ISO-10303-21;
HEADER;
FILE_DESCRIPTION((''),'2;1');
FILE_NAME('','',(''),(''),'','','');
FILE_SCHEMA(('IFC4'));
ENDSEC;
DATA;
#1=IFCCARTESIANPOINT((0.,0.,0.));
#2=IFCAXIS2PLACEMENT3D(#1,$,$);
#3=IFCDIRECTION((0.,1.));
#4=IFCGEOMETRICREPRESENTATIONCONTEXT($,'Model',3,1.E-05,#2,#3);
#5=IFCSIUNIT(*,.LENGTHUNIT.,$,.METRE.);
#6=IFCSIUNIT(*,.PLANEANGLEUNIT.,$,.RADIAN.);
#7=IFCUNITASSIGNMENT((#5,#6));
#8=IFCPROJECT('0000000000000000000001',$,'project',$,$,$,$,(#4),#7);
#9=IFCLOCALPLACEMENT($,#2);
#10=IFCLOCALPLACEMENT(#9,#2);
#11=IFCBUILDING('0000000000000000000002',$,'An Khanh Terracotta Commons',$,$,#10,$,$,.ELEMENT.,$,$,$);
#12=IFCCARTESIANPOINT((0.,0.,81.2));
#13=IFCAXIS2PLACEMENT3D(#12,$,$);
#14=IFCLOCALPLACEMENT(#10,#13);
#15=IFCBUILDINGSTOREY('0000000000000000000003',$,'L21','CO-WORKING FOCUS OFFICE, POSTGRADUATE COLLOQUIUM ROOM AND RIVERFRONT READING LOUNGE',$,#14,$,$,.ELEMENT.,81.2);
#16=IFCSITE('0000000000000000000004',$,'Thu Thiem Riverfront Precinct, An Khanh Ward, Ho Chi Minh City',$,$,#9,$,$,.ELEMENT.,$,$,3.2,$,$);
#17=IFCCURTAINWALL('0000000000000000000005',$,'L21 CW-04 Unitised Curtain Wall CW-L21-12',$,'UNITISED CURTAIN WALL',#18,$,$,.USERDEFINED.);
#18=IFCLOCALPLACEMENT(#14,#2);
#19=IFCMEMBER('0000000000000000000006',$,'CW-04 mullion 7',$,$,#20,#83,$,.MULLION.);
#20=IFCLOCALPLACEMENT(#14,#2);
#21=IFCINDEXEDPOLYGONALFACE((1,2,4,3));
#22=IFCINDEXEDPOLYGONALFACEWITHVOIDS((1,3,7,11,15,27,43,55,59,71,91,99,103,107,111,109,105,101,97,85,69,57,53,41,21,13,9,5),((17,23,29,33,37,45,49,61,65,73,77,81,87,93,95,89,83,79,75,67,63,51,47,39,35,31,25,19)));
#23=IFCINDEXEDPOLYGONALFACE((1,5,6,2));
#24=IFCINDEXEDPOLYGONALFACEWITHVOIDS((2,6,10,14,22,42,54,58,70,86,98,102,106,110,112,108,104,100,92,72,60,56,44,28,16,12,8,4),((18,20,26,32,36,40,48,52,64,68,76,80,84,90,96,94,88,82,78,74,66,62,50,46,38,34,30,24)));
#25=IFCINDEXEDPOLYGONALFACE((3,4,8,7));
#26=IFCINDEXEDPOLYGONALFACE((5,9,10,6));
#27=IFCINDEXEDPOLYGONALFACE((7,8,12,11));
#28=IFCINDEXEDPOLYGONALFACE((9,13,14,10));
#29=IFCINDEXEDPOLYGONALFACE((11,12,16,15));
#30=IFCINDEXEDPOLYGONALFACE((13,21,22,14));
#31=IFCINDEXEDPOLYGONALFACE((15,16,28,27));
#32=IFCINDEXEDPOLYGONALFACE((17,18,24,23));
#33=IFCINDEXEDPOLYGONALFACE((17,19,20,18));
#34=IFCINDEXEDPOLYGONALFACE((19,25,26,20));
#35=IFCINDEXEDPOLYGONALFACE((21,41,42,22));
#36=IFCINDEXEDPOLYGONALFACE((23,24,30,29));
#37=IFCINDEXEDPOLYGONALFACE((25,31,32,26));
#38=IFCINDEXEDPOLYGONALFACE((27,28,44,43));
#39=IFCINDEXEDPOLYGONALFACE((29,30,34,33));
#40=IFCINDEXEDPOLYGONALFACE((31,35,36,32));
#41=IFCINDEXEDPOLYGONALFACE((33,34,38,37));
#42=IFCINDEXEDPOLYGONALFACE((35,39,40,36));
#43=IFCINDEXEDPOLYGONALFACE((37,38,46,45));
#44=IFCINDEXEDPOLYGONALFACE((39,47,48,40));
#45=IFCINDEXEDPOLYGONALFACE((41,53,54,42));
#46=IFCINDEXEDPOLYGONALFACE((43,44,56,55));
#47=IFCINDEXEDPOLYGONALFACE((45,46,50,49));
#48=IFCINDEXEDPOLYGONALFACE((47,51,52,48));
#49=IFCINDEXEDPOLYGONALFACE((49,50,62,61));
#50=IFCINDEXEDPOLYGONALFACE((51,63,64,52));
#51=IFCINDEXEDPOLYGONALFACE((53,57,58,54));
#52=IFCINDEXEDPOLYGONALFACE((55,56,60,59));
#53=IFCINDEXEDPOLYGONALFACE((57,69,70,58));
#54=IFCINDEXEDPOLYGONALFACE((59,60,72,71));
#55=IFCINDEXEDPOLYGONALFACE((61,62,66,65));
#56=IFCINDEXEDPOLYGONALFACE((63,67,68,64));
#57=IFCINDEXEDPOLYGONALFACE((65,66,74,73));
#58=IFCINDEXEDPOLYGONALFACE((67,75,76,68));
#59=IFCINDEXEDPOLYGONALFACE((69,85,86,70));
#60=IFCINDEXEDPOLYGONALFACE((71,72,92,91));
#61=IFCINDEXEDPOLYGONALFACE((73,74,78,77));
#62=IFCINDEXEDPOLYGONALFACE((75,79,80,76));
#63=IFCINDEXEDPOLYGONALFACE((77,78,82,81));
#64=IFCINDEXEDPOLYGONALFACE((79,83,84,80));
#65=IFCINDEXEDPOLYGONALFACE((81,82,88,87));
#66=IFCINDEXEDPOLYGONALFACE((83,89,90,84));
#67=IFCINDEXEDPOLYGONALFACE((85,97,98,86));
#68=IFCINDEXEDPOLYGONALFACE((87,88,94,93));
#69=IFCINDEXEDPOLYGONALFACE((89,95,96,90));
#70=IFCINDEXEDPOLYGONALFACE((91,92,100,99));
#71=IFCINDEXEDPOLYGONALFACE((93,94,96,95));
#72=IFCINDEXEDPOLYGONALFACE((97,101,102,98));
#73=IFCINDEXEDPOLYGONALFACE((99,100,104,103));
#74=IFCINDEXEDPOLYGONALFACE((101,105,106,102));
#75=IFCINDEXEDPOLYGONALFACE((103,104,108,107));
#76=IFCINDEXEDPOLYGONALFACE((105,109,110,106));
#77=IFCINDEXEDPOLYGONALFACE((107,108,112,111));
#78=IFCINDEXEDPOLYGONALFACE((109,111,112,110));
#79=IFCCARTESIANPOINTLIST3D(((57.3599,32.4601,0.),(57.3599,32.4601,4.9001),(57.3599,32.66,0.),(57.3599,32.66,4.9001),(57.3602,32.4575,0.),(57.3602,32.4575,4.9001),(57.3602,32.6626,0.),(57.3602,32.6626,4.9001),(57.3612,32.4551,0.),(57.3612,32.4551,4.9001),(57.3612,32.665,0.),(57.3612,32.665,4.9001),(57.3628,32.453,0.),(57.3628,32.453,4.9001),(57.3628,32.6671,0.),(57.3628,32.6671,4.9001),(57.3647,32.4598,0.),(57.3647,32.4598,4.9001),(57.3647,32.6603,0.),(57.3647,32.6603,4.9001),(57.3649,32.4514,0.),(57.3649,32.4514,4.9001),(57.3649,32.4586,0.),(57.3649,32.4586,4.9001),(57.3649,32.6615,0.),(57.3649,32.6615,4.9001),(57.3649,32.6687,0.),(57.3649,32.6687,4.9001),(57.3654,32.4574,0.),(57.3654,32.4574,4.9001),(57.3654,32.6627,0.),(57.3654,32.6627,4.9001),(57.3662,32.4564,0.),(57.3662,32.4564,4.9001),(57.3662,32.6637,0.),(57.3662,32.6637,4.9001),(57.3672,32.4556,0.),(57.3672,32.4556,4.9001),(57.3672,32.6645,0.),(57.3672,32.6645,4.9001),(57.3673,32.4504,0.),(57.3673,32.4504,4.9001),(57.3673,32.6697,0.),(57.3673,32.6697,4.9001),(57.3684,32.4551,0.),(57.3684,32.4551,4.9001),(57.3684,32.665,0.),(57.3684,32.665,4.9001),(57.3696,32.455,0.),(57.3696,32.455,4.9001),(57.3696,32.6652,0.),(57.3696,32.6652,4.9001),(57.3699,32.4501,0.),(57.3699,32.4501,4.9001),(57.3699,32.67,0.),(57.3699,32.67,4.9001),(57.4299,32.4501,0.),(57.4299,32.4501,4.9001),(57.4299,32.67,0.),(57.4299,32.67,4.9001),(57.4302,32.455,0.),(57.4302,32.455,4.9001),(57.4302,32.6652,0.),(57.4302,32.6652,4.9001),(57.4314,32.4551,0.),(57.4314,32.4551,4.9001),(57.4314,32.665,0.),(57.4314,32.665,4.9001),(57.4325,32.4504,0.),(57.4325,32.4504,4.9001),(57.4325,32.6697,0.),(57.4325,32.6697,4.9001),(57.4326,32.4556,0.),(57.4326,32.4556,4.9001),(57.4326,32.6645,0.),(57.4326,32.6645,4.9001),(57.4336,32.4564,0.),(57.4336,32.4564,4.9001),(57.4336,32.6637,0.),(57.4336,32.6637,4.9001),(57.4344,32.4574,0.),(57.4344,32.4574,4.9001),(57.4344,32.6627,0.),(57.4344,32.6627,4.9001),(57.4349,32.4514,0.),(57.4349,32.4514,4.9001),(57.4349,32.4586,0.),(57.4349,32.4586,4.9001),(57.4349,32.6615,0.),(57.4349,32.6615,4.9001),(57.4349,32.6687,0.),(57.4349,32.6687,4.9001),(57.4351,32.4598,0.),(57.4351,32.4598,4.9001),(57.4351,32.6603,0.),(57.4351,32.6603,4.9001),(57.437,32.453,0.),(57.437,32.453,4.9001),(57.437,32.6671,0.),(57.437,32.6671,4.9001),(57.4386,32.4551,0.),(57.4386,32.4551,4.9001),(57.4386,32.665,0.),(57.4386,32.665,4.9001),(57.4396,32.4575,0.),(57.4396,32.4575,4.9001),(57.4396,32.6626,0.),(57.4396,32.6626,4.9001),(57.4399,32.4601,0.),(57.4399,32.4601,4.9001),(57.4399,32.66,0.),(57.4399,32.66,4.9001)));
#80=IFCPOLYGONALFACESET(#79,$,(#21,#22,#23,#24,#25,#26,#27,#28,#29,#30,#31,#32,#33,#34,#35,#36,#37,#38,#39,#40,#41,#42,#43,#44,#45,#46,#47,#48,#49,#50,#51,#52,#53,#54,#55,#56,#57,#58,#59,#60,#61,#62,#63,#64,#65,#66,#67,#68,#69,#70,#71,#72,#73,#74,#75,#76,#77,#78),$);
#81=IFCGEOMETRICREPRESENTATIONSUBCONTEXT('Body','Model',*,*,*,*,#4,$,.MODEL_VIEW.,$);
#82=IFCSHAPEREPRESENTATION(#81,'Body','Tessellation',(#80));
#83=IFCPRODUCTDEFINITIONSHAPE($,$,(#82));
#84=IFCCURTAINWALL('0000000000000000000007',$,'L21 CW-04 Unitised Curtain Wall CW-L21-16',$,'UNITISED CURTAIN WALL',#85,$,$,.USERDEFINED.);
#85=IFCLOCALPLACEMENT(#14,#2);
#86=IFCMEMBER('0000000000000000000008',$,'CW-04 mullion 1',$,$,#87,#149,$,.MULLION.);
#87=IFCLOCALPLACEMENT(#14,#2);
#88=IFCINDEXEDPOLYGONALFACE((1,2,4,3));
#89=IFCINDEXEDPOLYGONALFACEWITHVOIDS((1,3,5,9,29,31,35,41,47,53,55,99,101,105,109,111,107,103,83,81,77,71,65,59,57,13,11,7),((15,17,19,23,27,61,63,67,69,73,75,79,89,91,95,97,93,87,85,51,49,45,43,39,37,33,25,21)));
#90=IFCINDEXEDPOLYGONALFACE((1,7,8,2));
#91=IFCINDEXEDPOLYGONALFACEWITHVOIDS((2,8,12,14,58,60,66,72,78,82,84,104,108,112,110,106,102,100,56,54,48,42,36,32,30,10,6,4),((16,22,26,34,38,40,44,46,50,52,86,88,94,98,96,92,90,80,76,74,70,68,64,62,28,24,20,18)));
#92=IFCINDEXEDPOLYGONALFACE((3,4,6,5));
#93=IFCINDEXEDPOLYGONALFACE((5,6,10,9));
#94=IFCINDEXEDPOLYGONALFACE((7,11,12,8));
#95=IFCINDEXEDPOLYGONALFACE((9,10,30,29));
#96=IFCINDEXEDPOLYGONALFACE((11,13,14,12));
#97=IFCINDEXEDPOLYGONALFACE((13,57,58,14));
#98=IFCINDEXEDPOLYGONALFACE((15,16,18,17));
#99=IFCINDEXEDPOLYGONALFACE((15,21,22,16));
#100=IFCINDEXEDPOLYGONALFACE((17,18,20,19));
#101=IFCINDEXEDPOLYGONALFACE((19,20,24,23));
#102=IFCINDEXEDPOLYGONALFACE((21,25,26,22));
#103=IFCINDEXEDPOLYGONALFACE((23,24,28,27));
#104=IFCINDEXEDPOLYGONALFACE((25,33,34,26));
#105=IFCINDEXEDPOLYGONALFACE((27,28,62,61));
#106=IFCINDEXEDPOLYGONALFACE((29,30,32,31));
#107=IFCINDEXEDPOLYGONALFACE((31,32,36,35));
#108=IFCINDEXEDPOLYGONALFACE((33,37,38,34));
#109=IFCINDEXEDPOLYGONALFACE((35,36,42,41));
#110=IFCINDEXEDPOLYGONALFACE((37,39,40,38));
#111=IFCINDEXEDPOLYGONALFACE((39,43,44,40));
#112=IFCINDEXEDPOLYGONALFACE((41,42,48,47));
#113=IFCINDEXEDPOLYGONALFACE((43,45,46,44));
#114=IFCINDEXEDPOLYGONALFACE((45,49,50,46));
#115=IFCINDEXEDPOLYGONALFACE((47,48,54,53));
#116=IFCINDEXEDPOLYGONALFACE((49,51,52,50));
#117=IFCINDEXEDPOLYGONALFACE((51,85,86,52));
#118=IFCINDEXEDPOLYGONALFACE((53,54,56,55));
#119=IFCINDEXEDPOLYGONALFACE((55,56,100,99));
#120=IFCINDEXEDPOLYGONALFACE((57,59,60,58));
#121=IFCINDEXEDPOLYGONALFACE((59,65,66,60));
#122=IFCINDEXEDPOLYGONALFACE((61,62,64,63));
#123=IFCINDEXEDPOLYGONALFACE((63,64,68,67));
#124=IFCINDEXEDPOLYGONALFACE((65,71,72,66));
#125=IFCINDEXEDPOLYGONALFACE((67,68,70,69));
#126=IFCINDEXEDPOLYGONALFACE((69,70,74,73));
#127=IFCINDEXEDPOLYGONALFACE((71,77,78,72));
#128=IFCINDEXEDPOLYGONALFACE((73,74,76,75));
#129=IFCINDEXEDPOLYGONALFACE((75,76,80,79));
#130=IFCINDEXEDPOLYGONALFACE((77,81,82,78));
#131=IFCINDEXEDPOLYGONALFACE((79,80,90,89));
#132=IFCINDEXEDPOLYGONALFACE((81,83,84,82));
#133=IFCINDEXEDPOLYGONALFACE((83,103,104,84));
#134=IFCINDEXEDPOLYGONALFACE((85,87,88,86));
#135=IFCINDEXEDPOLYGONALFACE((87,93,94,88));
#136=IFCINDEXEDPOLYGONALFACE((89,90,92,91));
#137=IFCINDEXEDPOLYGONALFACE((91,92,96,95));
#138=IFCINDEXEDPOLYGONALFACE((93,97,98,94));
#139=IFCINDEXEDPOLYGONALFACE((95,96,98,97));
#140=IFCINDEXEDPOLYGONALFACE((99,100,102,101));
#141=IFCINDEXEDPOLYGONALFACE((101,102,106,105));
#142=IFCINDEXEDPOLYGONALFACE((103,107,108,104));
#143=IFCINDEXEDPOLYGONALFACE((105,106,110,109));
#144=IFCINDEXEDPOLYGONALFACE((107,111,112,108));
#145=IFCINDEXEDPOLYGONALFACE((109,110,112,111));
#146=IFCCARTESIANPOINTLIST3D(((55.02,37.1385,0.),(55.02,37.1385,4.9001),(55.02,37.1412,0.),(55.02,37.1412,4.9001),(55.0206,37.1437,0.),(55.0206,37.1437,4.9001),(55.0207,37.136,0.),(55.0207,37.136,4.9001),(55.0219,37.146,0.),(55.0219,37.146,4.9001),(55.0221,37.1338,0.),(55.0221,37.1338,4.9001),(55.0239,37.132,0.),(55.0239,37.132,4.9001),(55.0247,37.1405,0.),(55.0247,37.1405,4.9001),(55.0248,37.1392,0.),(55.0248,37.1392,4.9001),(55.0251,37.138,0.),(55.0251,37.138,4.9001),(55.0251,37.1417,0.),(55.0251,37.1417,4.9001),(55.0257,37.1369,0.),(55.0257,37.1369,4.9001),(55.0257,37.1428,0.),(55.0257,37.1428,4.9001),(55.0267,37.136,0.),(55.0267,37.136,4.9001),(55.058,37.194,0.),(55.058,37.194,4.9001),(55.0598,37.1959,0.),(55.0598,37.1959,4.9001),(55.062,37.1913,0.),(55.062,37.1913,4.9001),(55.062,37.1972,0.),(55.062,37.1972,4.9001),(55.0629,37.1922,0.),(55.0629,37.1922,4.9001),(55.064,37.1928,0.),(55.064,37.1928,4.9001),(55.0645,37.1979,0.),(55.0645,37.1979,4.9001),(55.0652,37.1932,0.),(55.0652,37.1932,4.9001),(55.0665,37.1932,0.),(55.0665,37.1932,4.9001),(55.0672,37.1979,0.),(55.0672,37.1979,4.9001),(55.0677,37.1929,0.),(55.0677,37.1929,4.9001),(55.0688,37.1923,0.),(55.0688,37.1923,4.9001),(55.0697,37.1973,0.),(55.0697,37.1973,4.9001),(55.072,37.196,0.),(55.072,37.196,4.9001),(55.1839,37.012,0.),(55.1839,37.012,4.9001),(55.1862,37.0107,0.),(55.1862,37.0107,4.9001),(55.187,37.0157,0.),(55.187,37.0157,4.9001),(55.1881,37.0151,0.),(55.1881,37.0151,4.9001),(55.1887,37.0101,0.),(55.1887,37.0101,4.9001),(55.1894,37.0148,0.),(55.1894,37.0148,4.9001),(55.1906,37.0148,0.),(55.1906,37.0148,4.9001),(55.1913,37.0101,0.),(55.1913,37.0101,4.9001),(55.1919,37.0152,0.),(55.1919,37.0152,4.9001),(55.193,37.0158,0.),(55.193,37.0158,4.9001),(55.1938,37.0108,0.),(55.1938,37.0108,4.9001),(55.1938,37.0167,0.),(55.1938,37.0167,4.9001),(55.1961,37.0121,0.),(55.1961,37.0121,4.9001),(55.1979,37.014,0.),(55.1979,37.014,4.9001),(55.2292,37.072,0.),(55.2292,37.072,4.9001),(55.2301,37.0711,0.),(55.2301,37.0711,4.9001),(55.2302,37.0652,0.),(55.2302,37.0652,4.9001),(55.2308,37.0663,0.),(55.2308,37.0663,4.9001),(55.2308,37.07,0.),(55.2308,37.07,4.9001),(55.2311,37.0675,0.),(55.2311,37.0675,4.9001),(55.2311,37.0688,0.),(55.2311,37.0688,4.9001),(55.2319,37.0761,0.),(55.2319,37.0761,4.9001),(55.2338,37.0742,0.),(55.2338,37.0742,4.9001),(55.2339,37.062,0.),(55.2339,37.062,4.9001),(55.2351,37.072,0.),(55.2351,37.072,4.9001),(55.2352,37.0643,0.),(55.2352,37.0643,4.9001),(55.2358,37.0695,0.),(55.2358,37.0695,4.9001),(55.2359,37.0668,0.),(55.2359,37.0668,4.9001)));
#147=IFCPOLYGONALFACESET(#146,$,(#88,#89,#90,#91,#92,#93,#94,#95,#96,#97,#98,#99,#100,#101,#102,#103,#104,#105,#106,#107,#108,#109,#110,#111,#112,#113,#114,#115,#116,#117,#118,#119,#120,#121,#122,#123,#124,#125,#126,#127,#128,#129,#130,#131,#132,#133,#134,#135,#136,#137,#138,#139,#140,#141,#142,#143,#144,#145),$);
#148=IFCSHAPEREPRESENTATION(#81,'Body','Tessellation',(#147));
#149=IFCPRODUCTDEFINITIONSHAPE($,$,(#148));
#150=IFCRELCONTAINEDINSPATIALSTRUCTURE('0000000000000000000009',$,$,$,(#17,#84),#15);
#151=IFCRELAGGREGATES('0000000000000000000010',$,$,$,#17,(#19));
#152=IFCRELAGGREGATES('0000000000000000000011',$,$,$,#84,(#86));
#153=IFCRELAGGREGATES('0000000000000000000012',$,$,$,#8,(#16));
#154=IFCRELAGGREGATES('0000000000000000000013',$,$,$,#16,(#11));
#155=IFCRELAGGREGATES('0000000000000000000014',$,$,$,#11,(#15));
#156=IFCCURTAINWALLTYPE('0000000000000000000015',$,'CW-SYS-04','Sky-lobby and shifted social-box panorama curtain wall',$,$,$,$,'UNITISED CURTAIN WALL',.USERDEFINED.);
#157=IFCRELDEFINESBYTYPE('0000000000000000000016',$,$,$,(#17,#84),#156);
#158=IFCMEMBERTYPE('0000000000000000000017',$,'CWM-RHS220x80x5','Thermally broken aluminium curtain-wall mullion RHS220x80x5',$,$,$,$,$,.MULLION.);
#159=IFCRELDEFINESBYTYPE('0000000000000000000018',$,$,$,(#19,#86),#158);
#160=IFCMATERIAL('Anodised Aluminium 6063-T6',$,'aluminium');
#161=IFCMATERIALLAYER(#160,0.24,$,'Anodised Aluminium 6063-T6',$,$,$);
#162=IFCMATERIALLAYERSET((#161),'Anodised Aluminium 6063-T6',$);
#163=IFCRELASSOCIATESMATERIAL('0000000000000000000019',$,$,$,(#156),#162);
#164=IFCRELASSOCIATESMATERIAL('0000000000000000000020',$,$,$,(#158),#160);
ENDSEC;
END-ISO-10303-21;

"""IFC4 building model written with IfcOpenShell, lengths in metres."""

from ifc_helpers import new_model, si_unit, direction, frame, origin, origin_2d, place, context, subcontext, project, spatial, hollow_rectangle, extrude, material, layer, layer_set, material_profile, profile_set, type_object, element, aggregate, save


model = new_model("IFC4")

# Units and contexts
model_context = context("Model", 3, precision=1e-05, world=origin(), true_north=direction((0.0, 1.0)))
body_context = subcontext(model_context, "Body", "Model", "MODEL_VIEW")
ifc_project = project(units=[si_unit("LENGTHUNIT", "METRE"), si_unit("PLANEANGLEUNIT", "RADIAN")], contexts=[model_context])

# Site, building, storey
site_placement = place(None, origin())
site = spatial("IfcSite", under=ifc_project, at=site_placement, Name="Thu Thiem Riverfront Precinct, An Khanh Ward, Ho Chi Minh City", CompositionType="ELEMENT", RefElevation=3.2)
building_placement = place(site_placement, origin())
building = spatial("IfcBuilding", under=site, at=building_placement, Name="An Khanh Terracotta Commons", CompositionType="ELEMENT")
storey_placement = place(building_placement, frame((0.0, 0.0, 81.2)))
storey = spatial("IfcBuildingStorey", under=building, at=storey_placement, Name="L21", Description="CO-WORKING FOCUS OFFICE, POSTGRADUATE COLLOQUIUM ROOM AND RIVERFRONT READING LOUNGE", CompositionType="ELEMENT", Elevation=81.2)

# Curtain walls, members
ifc_material_1 = material(Name="Anodised Aluminium 6063-T6", Category="aluminium")
ifc_layer_1 = layer(ifc_material_1, 0.24, Name="Anodised Aluminium 6063-T6")
ifc_layer_set_1 = layer_set([ifc_layer_1], Name="Anodised Aluminium 6063-T6")
curtain_wall_type = type_object("IfcCurtainWallType", Name="CW-SYS-04", Description="Sky-lobby and shifted social-box panorama curtain wall", ElementType="UNITISED CURTAIN WALL", PredefinedType="USERDEFINED", material=ifc_layer_set_1)
curtain_wall_1_placement = place(storey_placement, origin())
curtain_wall_1 = element("IfcCurtainWall", 1, at=curtain_wall_1_placement, inside=storey, type_object=curtain_wall_type, Name="L21 CW-04 Unitised Curtain Wall CW-L21-12", ObjectType="UNITISED CURTAIN WALL", PredefinedType="USERDEFINED")
ifc_material_profile_1 = material_profile(ifc_material_1, hollow_rectangle(XDim=0.0801, YDim=0.22, WallThickness=0.0049, InnerFilletRadius=0.0049, OuterFilletRadius=0.01, at=origin_2d()), Name="RHS220x80x5")
ifc_profile_set_1 = profile_set([ifc_material_profile_1], Name="Anodised Aluminium 6063-T6")
member_type_1 = type_object("IfcMemberType", Name="CWM-RHS220x80x5", Description="Thermally broken aluminium curtain-wall mullion RHS220x80x5", PredefinedType="MULLION", material=ifc_profile_set_1)
member_1_placement = place(storey_placement, frame((57.3999, 32.5601, 0.0), z_axis=(0.0, 0.0, 1.0), x_axis=(-1.0, 0.0, 0.0)))
member_1 = element("IfcMember", 2, at=member_1_placement, type_object=member_type_1, Name="CW-04 mullion 7", PredefinedType="MULLION", context=body_context, shape_type="SweptSolid", body=[
    extrude(hollow_rectangle(XDim=0.0801, YDim=0.22, WallThickness=0.0049, InnerFilletRadius=0.0049, OuterFilletRadius=0.01, at=origin_2d()), origin(), (0.0, 0.0, 1.0), 4.9001),
])
curtain_wall_2_placement = place(storey_placement, origin())
curtain_wall_2 = element("IfcCurtainWall", 3, at=curtain_wall_2_placement, inside=storey, type_object=curtain_wall_type, Name="L21 CW-04 Unitised Curtain Wall CW-L21-16", ObjectType="UNITISED CURTAIN WALL", PredefinedType="USERDEFINED")
member_2_placement = place(storey_placement, frame((55.1279, 37.104, 0.0), z_axis=(0.0, 0.0, 1.0), x_axis=(-0.599983, -0.800013, 0.0)))
member_2 = element("IfcMember", 4, at=member_2_placement, type_object=member_type_1, Name="CW-04 mullion 1", PredefinedType="MULLION", context=body_context, shape_type="SweptSolid", body=[
    extrude(hollow_rectangle(XDim=0.0801, YDim=0.22, WallThickness=0.0049, InnerFilletRadius=0.0049, OuterFilletRadius=0.01, at=origin_2d()), origin(), (0.0, 0.0, 1.0), 4.9001),
])

aggregate(curtain_wall_1, [member_1])
aggregate(curtain_wall_2, [member_2])

save(model, "model.ifc")
